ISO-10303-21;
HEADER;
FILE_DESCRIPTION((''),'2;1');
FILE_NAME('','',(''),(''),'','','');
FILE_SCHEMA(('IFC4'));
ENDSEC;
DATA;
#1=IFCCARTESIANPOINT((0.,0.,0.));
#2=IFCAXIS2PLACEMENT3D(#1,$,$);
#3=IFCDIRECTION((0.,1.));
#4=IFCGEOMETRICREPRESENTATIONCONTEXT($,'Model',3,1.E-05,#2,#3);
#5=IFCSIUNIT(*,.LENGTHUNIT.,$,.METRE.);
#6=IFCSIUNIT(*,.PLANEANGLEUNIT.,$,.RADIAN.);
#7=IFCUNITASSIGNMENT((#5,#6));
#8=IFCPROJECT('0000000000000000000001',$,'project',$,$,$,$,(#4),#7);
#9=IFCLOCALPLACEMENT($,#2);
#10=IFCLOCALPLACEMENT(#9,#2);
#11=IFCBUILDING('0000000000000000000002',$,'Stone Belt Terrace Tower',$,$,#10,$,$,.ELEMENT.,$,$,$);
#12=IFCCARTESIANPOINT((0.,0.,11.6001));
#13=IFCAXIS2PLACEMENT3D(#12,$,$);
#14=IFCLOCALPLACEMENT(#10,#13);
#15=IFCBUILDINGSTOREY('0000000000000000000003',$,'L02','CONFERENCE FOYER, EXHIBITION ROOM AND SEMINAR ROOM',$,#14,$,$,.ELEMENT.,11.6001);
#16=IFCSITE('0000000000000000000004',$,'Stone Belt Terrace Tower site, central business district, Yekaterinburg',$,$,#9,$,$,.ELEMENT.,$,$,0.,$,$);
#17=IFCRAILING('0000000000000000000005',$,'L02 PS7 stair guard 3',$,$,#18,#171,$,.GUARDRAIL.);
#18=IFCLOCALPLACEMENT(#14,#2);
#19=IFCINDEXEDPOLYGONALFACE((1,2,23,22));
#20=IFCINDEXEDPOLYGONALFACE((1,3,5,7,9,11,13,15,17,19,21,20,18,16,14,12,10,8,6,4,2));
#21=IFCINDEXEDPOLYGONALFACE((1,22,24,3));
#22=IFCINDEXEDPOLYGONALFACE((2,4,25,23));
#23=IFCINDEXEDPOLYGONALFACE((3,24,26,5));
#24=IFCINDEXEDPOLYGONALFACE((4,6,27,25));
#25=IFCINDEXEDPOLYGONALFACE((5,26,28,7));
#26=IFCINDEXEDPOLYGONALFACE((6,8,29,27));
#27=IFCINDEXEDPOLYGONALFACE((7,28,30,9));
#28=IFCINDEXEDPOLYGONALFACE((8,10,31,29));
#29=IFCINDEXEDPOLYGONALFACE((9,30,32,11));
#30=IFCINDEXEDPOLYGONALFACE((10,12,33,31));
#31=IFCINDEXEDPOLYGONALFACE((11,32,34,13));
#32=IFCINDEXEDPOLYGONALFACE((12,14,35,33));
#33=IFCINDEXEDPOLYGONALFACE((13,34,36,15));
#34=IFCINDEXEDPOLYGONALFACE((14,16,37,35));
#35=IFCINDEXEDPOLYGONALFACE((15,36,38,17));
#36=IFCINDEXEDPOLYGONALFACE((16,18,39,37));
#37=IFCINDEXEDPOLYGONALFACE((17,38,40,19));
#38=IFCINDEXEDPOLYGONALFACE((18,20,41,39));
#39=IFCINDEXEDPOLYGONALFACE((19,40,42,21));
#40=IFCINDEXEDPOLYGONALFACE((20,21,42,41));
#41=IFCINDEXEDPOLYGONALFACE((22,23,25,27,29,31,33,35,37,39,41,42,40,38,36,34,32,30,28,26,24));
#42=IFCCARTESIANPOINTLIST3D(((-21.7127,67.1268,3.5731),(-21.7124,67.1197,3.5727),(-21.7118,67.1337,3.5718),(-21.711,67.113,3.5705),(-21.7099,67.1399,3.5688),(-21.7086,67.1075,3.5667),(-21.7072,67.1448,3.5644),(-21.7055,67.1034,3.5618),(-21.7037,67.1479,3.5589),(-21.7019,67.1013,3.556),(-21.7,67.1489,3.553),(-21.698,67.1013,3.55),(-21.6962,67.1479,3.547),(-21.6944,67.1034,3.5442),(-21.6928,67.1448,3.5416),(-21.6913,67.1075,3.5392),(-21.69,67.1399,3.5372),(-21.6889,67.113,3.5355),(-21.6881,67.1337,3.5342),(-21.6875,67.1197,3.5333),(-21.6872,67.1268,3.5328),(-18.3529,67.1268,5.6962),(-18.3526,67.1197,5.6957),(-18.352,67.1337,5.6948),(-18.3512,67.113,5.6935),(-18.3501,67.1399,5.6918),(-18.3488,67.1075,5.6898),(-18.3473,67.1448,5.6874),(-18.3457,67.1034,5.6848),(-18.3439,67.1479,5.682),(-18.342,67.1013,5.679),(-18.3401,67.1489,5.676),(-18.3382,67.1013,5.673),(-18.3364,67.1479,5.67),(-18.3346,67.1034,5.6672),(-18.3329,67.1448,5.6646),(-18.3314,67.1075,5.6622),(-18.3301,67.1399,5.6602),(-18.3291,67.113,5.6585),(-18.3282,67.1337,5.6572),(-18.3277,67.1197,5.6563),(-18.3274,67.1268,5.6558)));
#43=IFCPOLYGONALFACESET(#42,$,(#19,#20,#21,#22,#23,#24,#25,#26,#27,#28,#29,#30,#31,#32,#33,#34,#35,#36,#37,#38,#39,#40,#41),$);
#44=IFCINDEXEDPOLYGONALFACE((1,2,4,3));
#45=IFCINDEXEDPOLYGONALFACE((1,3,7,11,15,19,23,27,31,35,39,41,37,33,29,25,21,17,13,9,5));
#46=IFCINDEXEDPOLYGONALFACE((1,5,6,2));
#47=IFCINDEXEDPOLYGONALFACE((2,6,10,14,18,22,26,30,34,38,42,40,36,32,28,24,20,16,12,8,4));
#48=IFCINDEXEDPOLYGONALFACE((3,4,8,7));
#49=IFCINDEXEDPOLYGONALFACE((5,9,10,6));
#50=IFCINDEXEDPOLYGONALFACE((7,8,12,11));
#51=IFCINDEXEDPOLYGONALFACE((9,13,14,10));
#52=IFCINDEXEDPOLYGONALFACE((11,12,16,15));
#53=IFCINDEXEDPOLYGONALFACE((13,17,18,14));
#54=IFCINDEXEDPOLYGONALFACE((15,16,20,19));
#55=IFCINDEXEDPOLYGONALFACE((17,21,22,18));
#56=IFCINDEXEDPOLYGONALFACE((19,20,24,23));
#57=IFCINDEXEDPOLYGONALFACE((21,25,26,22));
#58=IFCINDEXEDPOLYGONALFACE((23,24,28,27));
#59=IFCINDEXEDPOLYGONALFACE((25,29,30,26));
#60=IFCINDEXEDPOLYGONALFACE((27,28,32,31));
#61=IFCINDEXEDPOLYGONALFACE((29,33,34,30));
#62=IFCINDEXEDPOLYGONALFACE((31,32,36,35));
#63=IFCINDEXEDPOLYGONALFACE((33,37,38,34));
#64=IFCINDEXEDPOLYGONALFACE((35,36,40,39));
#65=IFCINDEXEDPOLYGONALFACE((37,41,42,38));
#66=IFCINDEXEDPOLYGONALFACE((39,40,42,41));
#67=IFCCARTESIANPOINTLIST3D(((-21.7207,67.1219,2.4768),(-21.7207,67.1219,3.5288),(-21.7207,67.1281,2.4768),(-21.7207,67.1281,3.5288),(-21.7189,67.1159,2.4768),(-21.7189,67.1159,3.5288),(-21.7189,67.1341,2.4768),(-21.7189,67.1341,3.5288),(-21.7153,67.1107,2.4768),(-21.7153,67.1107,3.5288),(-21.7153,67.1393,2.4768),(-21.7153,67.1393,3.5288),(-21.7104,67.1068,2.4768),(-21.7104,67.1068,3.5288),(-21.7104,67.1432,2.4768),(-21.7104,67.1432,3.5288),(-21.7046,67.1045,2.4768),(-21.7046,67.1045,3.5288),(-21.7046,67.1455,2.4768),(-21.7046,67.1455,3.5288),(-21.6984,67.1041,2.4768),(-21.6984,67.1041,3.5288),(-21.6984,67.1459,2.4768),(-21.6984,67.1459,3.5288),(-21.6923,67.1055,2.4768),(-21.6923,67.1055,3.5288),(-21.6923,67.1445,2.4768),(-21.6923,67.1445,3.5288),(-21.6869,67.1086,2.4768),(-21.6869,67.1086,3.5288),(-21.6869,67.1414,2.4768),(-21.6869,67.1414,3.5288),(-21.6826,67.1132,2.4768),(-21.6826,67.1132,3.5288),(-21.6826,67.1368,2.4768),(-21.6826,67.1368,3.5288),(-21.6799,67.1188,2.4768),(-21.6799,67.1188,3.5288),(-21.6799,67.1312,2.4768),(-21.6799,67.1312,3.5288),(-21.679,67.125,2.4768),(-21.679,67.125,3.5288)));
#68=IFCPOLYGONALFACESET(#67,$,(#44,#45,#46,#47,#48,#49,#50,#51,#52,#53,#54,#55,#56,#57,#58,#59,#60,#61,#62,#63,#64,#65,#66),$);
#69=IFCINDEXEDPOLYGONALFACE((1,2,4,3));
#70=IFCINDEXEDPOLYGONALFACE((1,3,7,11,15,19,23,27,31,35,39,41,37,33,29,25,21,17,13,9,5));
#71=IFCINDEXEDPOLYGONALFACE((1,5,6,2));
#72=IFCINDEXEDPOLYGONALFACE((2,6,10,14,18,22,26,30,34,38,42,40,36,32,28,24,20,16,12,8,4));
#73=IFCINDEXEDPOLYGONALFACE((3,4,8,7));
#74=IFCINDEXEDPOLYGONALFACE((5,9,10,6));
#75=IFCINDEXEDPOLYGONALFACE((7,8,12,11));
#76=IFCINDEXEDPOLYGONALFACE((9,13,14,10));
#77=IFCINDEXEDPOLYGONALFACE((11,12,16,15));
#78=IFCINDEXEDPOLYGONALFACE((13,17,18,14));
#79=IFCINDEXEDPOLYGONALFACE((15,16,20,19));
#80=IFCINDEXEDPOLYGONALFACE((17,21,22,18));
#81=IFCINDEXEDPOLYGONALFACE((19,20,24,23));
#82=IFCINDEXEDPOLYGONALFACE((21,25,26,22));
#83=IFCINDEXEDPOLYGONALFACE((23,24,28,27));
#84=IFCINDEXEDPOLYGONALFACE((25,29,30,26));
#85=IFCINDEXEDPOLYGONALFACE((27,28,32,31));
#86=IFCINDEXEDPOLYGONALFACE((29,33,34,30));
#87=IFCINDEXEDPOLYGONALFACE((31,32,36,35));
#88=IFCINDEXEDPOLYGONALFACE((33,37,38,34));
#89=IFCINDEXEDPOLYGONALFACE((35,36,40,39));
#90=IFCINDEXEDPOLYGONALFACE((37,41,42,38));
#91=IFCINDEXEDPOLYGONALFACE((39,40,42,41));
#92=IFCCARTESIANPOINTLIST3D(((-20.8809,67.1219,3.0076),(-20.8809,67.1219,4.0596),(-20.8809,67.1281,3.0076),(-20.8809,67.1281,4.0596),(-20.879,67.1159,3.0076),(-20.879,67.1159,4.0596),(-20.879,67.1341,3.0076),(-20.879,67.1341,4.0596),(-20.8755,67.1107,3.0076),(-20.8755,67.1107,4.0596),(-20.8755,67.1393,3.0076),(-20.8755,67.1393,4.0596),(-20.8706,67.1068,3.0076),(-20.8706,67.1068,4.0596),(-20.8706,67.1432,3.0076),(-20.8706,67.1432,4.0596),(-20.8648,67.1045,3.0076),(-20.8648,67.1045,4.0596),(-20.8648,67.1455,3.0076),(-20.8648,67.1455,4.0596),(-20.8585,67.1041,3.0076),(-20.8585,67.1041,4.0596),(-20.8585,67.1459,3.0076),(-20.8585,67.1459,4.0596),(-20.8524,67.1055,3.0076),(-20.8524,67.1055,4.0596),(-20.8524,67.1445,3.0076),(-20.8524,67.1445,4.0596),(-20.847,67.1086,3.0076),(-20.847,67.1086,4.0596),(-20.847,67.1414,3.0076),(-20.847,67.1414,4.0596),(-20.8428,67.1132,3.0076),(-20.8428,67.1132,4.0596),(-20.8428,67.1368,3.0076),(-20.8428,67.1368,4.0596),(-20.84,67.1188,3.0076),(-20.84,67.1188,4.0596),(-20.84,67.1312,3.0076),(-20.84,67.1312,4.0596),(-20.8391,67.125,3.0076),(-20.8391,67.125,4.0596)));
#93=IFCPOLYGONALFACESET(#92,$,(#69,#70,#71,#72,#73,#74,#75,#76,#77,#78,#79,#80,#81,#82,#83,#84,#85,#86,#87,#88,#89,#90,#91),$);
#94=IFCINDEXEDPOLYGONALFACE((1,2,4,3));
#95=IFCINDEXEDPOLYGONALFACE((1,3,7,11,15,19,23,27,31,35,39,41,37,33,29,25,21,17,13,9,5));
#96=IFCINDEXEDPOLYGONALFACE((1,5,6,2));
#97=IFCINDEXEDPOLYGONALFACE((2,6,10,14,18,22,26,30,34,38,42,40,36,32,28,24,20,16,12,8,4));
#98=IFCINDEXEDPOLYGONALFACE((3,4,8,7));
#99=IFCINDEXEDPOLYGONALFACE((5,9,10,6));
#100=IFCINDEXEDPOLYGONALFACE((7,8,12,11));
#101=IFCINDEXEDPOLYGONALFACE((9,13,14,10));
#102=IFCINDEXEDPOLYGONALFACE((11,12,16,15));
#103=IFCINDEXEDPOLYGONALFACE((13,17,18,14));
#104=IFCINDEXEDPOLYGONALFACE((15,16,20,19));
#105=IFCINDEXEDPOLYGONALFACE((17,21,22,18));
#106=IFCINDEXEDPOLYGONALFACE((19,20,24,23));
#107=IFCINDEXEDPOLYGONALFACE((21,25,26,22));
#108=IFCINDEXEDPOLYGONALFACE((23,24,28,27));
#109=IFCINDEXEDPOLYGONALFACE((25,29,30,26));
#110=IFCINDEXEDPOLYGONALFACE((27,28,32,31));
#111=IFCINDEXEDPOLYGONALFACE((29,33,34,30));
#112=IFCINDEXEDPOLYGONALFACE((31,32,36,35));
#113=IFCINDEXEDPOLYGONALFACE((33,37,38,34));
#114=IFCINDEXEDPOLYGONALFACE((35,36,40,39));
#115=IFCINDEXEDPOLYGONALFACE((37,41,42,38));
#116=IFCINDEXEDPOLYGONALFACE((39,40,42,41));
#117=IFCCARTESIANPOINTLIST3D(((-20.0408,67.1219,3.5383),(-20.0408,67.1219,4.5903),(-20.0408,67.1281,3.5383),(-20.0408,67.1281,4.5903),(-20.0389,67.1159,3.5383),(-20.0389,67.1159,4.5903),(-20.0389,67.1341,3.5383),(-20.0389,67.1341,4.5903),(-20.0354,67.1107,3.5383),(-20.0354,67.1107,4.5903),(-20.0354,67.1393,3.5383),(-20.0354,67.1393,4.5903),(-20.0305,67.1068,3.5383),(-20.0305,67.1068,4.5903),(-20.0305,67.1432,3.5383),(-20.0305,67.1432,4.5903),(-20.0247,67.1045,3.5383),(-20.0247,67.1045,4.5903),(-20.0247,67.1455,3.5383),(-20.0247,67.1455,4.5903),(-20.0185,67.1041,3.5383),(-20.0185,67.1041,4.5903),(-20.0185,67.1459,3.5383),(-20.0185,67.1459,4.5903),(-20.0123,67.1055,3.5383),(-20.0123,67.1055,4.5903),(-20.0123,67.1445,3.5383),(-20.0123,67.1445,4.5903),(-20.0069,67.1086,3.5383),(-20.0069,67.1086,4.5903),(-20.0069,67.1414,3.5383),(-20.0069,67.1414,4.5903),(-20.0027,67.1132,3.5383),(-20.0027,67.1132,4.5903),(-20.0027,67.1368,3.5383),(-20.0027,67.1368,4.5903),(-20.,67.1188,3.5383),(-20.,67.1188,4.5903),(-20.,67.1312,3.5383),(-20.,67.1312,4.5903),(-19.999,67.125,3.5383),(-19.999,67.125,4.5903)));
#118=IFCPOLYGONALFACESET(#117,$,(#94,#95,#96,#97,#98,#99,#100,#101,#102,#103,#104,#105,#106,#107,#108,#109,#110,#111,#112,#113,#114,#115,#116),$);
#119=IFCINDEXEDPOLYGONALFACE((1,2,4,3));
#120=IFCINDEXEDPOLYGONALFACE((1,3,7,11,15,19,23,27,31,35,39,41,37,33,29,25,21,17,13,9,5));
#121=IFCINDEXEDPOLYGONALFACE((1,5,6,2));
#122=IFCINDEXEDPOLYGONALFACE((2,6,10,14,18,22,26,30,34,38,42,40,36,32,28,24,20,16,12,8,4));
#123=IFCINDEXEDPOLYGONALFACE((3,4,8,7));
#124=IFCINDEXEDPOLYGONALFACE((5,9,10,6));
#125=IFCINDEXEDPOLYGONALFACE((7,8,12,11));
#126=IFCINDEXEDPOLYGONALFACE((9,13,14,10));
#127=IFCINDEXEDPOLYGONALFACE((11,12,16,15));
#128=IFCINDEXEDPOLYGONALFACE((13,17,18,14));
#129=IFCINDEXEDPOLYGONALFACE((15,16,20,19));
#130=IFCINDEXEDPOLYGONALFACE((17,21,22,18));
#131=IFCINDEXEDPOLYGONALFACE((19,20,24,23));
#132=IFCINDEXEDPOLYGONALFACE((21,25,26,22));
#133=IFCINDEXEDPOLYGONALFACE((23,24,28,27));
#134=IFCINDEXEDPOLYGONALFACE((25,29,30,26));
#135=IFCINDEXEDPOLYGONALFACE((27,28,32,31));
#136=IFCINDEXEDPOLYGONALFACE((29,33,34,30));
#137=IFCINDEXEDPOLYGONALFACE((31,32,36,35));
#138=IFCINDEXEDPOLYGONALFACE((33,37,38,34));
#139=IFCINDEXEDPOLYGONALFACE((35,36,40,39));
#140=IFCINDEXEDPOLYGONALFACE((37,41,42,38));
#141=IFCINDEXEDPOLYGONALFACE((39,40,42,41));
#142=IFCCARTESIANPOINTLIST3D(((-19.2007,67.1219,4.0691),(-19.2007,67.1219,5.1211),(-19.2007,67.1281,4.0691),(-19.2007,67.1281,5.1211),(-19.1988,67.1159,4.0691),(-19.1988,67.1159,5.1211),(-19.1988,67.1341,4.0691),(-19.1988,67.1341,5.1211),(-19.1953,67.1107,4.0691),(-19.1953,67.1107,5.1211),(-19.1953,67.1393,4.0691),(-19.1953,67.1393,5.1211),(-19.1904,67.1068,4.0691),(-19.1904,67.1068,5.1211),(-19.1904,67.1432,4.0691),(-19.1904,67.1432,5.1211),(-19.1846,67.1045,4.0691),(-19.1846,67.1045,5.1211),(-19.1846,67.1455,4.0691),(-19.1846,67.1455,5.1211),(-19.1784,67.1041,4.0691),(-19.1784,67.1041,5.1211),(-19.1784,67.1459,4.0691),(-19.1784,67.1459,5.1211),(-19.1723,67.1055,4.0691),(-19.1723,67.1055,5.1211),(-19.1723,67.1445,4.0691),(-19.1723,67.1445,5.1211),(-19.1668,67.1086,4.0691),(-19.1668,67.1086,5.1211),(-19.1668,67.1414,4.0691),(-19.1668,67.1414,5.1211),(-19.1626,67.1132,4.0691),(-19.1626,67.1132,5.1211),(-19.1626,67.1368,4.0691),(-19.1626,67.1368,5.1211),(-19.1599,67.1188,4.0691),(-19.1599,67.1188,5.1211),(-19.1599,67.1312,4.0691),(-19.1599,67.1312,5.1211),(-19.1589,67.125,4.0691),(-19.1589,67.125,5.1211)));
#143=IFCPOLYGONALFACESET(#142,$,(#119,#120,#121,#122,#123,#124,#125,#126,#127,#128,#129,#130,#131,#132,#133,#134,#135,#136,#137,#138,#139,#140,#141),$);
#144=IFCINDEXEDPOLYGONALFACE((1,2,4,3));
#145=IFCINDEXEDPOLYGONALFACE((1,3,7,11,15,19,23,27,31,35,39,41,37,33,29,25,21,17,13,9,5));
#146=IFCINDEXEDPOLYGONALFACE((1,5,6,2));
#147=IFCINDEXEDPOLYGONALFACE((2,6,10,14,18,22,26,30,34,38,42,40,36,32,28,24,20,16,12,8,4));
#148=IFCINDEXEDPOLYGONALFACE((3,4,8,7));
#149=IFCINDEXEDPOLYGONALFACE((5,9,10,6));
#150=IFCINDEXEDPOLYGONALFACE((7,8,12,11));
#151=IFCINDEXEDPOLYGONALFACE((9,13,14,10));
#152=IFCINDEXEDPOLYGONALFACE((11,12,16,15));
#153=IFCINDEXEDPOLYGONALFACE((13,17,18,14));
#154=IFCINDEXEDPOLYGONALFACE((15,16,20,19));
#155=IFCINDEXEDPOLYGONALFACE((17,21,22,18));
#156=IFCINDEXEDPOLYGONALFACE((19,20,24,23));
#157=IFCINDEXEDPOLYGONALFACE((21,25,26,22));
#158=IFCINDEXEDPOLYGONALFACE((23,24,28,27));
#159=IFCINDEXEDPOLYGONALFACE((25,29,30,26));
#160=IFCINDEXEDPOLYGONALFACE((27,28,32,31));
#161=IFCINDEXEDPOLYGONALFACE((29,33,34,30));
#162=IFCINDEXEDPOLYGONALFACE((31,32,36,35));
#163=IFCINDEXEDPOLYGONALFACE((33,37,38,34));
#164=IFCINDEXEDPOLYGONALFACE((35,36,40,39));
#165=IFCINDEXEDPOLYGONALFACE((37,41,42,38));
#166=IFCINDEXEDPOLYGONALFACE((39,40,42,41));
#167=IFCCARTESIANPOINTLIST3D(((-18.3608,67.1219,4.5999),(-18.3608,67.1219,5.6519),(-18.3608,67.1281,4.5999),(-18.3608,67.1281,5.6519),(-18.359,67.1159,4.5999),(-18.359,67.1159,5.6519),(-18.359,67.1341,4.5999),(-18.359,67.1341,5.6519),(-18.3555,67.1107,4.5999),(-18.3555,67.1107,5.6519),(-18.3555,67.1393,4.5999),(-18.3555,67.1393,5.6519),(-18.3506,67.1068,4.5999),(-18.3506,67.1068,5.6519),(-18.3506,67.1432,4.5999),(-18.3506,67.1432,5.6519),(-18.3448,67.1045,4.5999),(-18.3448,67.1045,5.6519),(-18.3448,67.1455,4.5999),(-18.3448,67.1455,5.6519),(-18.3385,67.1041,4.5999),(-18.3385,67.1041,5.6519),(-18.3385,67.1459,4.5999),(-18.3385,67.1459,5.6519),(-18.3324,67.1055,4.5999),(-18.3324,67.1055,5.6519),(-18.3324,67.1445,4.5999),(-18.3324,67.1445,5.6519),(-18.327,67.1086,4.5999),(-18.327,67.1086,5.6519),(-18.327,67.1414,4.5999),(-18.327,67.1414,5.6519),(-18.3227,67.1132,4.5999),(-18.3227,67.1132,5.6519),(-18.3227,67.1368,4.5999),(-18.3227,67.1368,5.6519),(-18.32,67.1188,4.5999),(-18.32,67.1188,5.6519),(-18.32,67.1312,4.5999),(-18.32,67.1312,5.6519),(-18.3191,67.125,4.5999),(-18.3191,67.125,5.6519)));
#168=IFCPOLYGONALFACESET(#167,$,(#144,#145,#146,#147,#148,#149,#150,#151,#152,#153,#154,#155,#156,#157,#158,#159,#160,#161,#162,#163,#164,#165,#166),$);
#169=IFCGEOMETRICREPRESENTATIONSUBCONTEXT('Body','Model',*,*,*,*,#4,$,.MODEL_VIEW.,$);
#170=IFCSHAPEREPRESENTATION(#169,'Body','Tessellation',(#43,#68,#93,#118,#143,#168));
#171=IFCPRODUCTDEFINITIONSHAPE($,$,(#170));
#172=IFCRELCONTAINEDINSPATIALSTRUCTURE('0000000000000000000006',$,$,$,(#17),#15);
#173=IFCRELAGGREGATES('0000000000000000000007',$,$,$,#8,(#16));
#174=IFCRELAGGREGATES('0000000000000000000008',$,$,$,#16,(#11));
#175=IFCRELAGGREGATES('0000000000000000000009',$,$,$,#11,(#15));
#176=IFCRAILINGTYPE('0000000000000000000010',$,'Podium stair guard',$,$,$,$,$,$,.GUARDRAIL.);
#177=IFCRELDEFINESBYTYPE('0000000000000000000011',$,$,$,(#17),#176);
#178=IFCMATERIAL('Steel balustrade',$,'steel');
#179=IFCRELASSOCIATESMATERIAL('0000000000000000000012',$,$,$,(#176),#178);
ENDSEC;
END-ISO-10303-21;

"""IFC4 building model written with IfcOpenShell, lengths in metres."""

from ifc_helpers import new_model, si_unit, direction, frame, origin, origin_2d, place, context, subcontext, project, spatial, circle, extrude, material, type_object, element, save


model = new_model("IFC4")

# Units and contexts
model_context = context("Model", 3, precision=1e-05, world=origin(), true_north=direction((0.0, 1.0)))
body_context = subcontext(model_context, "Body", "Model", "MODEL_VIEW")
ifc_project = project(units=[si_unit("LENGTHUNIT", "METRE"), si_unit("PLANEANGLEUNIT", "RADIAN")], contexts=[model_context])

# Site, building, storey
site_placement = place(None, origin())
site = spatial("IfcSite", under=ifc_project, at=site_placement, Name="Stone Belt Terrace Tower site, central business district, Yekaterinburg", CompositionType="ELEMENT", RefElevation=0.0)
building_placement = place(site_placement, origin())
building = spatial("IfcBuilding", under=site, at=building_placement, Name="Stone Belt Terrace Tower", CompositionType="ELEMENT")
storey_placement = place(building_placement, frame((0.0, 0.0, 11.6001)))
storey = spatial("IfcBuildingStorey", under=building, at=storey_placement, Name="L02", Description="CONFERENCE FOYER, EXHIBITION ROOM AND SEMINAR ROOM", CompositionType="ELEMENT", Elevation=11.6001)

# Railing
ifc_material_1 = material(Name="Steel balustrade", Category="steel")
railing_type_1 = type_object("IfcRailingType", Name="Podium stair guard", PredefinedType="GUARDRAIL", material=ifc_material_1)
railing_1_placement = place(storey_placement, frame((-21.7, 67.125, 2.4768)))
element("IfcRailing", 1, at=railing_1_placement, inside=storey, type_object=railing_type_1, Name="L02 PS7 stair guard 3", PredefinedType="GUARDRAIL", context=body_context, shape_type="SweptSolid", body=[
    extrude(circle(Radius=0.0239, at=origin_2d()), frame((0.0, 0.0, 1.0762), z_axis=(0.845372, 0.0, 0.534178), x_axis=(0.0, 1.0, 0.0)), (0.0, 0.0, 1.0), 3.9744),
    extrude(circle(Radius=0.021, at=origin_2d()), origin(), (0.0, 0.0, 1.0), 1.052),
    extrude(circle(Radius=0.021, at=origin_2d()), frame((0.8398, 0.0, 0.5308)), (0.0, 0.0, 1.0), 1.052),
    extrude(circle(Radius=0.021, at=origin_2d()), frame((1.6799, 0.0, 1.0615)), (0.0, 0.0, 1.0), 1.052),
    extrude(circle(Radius=0.021, at=origin_2d()), frame((2.52, 0.0, 1.5923)), (0.0, 0.0, 1.0), 1.052),
    extrude(circle(Radius=0.021, at=origin_2d()), frame((3.3599, 0.0, 2.123)), (0.0, 0.0, 1.0), 1.052),
])

save(model, "model.ifc")
